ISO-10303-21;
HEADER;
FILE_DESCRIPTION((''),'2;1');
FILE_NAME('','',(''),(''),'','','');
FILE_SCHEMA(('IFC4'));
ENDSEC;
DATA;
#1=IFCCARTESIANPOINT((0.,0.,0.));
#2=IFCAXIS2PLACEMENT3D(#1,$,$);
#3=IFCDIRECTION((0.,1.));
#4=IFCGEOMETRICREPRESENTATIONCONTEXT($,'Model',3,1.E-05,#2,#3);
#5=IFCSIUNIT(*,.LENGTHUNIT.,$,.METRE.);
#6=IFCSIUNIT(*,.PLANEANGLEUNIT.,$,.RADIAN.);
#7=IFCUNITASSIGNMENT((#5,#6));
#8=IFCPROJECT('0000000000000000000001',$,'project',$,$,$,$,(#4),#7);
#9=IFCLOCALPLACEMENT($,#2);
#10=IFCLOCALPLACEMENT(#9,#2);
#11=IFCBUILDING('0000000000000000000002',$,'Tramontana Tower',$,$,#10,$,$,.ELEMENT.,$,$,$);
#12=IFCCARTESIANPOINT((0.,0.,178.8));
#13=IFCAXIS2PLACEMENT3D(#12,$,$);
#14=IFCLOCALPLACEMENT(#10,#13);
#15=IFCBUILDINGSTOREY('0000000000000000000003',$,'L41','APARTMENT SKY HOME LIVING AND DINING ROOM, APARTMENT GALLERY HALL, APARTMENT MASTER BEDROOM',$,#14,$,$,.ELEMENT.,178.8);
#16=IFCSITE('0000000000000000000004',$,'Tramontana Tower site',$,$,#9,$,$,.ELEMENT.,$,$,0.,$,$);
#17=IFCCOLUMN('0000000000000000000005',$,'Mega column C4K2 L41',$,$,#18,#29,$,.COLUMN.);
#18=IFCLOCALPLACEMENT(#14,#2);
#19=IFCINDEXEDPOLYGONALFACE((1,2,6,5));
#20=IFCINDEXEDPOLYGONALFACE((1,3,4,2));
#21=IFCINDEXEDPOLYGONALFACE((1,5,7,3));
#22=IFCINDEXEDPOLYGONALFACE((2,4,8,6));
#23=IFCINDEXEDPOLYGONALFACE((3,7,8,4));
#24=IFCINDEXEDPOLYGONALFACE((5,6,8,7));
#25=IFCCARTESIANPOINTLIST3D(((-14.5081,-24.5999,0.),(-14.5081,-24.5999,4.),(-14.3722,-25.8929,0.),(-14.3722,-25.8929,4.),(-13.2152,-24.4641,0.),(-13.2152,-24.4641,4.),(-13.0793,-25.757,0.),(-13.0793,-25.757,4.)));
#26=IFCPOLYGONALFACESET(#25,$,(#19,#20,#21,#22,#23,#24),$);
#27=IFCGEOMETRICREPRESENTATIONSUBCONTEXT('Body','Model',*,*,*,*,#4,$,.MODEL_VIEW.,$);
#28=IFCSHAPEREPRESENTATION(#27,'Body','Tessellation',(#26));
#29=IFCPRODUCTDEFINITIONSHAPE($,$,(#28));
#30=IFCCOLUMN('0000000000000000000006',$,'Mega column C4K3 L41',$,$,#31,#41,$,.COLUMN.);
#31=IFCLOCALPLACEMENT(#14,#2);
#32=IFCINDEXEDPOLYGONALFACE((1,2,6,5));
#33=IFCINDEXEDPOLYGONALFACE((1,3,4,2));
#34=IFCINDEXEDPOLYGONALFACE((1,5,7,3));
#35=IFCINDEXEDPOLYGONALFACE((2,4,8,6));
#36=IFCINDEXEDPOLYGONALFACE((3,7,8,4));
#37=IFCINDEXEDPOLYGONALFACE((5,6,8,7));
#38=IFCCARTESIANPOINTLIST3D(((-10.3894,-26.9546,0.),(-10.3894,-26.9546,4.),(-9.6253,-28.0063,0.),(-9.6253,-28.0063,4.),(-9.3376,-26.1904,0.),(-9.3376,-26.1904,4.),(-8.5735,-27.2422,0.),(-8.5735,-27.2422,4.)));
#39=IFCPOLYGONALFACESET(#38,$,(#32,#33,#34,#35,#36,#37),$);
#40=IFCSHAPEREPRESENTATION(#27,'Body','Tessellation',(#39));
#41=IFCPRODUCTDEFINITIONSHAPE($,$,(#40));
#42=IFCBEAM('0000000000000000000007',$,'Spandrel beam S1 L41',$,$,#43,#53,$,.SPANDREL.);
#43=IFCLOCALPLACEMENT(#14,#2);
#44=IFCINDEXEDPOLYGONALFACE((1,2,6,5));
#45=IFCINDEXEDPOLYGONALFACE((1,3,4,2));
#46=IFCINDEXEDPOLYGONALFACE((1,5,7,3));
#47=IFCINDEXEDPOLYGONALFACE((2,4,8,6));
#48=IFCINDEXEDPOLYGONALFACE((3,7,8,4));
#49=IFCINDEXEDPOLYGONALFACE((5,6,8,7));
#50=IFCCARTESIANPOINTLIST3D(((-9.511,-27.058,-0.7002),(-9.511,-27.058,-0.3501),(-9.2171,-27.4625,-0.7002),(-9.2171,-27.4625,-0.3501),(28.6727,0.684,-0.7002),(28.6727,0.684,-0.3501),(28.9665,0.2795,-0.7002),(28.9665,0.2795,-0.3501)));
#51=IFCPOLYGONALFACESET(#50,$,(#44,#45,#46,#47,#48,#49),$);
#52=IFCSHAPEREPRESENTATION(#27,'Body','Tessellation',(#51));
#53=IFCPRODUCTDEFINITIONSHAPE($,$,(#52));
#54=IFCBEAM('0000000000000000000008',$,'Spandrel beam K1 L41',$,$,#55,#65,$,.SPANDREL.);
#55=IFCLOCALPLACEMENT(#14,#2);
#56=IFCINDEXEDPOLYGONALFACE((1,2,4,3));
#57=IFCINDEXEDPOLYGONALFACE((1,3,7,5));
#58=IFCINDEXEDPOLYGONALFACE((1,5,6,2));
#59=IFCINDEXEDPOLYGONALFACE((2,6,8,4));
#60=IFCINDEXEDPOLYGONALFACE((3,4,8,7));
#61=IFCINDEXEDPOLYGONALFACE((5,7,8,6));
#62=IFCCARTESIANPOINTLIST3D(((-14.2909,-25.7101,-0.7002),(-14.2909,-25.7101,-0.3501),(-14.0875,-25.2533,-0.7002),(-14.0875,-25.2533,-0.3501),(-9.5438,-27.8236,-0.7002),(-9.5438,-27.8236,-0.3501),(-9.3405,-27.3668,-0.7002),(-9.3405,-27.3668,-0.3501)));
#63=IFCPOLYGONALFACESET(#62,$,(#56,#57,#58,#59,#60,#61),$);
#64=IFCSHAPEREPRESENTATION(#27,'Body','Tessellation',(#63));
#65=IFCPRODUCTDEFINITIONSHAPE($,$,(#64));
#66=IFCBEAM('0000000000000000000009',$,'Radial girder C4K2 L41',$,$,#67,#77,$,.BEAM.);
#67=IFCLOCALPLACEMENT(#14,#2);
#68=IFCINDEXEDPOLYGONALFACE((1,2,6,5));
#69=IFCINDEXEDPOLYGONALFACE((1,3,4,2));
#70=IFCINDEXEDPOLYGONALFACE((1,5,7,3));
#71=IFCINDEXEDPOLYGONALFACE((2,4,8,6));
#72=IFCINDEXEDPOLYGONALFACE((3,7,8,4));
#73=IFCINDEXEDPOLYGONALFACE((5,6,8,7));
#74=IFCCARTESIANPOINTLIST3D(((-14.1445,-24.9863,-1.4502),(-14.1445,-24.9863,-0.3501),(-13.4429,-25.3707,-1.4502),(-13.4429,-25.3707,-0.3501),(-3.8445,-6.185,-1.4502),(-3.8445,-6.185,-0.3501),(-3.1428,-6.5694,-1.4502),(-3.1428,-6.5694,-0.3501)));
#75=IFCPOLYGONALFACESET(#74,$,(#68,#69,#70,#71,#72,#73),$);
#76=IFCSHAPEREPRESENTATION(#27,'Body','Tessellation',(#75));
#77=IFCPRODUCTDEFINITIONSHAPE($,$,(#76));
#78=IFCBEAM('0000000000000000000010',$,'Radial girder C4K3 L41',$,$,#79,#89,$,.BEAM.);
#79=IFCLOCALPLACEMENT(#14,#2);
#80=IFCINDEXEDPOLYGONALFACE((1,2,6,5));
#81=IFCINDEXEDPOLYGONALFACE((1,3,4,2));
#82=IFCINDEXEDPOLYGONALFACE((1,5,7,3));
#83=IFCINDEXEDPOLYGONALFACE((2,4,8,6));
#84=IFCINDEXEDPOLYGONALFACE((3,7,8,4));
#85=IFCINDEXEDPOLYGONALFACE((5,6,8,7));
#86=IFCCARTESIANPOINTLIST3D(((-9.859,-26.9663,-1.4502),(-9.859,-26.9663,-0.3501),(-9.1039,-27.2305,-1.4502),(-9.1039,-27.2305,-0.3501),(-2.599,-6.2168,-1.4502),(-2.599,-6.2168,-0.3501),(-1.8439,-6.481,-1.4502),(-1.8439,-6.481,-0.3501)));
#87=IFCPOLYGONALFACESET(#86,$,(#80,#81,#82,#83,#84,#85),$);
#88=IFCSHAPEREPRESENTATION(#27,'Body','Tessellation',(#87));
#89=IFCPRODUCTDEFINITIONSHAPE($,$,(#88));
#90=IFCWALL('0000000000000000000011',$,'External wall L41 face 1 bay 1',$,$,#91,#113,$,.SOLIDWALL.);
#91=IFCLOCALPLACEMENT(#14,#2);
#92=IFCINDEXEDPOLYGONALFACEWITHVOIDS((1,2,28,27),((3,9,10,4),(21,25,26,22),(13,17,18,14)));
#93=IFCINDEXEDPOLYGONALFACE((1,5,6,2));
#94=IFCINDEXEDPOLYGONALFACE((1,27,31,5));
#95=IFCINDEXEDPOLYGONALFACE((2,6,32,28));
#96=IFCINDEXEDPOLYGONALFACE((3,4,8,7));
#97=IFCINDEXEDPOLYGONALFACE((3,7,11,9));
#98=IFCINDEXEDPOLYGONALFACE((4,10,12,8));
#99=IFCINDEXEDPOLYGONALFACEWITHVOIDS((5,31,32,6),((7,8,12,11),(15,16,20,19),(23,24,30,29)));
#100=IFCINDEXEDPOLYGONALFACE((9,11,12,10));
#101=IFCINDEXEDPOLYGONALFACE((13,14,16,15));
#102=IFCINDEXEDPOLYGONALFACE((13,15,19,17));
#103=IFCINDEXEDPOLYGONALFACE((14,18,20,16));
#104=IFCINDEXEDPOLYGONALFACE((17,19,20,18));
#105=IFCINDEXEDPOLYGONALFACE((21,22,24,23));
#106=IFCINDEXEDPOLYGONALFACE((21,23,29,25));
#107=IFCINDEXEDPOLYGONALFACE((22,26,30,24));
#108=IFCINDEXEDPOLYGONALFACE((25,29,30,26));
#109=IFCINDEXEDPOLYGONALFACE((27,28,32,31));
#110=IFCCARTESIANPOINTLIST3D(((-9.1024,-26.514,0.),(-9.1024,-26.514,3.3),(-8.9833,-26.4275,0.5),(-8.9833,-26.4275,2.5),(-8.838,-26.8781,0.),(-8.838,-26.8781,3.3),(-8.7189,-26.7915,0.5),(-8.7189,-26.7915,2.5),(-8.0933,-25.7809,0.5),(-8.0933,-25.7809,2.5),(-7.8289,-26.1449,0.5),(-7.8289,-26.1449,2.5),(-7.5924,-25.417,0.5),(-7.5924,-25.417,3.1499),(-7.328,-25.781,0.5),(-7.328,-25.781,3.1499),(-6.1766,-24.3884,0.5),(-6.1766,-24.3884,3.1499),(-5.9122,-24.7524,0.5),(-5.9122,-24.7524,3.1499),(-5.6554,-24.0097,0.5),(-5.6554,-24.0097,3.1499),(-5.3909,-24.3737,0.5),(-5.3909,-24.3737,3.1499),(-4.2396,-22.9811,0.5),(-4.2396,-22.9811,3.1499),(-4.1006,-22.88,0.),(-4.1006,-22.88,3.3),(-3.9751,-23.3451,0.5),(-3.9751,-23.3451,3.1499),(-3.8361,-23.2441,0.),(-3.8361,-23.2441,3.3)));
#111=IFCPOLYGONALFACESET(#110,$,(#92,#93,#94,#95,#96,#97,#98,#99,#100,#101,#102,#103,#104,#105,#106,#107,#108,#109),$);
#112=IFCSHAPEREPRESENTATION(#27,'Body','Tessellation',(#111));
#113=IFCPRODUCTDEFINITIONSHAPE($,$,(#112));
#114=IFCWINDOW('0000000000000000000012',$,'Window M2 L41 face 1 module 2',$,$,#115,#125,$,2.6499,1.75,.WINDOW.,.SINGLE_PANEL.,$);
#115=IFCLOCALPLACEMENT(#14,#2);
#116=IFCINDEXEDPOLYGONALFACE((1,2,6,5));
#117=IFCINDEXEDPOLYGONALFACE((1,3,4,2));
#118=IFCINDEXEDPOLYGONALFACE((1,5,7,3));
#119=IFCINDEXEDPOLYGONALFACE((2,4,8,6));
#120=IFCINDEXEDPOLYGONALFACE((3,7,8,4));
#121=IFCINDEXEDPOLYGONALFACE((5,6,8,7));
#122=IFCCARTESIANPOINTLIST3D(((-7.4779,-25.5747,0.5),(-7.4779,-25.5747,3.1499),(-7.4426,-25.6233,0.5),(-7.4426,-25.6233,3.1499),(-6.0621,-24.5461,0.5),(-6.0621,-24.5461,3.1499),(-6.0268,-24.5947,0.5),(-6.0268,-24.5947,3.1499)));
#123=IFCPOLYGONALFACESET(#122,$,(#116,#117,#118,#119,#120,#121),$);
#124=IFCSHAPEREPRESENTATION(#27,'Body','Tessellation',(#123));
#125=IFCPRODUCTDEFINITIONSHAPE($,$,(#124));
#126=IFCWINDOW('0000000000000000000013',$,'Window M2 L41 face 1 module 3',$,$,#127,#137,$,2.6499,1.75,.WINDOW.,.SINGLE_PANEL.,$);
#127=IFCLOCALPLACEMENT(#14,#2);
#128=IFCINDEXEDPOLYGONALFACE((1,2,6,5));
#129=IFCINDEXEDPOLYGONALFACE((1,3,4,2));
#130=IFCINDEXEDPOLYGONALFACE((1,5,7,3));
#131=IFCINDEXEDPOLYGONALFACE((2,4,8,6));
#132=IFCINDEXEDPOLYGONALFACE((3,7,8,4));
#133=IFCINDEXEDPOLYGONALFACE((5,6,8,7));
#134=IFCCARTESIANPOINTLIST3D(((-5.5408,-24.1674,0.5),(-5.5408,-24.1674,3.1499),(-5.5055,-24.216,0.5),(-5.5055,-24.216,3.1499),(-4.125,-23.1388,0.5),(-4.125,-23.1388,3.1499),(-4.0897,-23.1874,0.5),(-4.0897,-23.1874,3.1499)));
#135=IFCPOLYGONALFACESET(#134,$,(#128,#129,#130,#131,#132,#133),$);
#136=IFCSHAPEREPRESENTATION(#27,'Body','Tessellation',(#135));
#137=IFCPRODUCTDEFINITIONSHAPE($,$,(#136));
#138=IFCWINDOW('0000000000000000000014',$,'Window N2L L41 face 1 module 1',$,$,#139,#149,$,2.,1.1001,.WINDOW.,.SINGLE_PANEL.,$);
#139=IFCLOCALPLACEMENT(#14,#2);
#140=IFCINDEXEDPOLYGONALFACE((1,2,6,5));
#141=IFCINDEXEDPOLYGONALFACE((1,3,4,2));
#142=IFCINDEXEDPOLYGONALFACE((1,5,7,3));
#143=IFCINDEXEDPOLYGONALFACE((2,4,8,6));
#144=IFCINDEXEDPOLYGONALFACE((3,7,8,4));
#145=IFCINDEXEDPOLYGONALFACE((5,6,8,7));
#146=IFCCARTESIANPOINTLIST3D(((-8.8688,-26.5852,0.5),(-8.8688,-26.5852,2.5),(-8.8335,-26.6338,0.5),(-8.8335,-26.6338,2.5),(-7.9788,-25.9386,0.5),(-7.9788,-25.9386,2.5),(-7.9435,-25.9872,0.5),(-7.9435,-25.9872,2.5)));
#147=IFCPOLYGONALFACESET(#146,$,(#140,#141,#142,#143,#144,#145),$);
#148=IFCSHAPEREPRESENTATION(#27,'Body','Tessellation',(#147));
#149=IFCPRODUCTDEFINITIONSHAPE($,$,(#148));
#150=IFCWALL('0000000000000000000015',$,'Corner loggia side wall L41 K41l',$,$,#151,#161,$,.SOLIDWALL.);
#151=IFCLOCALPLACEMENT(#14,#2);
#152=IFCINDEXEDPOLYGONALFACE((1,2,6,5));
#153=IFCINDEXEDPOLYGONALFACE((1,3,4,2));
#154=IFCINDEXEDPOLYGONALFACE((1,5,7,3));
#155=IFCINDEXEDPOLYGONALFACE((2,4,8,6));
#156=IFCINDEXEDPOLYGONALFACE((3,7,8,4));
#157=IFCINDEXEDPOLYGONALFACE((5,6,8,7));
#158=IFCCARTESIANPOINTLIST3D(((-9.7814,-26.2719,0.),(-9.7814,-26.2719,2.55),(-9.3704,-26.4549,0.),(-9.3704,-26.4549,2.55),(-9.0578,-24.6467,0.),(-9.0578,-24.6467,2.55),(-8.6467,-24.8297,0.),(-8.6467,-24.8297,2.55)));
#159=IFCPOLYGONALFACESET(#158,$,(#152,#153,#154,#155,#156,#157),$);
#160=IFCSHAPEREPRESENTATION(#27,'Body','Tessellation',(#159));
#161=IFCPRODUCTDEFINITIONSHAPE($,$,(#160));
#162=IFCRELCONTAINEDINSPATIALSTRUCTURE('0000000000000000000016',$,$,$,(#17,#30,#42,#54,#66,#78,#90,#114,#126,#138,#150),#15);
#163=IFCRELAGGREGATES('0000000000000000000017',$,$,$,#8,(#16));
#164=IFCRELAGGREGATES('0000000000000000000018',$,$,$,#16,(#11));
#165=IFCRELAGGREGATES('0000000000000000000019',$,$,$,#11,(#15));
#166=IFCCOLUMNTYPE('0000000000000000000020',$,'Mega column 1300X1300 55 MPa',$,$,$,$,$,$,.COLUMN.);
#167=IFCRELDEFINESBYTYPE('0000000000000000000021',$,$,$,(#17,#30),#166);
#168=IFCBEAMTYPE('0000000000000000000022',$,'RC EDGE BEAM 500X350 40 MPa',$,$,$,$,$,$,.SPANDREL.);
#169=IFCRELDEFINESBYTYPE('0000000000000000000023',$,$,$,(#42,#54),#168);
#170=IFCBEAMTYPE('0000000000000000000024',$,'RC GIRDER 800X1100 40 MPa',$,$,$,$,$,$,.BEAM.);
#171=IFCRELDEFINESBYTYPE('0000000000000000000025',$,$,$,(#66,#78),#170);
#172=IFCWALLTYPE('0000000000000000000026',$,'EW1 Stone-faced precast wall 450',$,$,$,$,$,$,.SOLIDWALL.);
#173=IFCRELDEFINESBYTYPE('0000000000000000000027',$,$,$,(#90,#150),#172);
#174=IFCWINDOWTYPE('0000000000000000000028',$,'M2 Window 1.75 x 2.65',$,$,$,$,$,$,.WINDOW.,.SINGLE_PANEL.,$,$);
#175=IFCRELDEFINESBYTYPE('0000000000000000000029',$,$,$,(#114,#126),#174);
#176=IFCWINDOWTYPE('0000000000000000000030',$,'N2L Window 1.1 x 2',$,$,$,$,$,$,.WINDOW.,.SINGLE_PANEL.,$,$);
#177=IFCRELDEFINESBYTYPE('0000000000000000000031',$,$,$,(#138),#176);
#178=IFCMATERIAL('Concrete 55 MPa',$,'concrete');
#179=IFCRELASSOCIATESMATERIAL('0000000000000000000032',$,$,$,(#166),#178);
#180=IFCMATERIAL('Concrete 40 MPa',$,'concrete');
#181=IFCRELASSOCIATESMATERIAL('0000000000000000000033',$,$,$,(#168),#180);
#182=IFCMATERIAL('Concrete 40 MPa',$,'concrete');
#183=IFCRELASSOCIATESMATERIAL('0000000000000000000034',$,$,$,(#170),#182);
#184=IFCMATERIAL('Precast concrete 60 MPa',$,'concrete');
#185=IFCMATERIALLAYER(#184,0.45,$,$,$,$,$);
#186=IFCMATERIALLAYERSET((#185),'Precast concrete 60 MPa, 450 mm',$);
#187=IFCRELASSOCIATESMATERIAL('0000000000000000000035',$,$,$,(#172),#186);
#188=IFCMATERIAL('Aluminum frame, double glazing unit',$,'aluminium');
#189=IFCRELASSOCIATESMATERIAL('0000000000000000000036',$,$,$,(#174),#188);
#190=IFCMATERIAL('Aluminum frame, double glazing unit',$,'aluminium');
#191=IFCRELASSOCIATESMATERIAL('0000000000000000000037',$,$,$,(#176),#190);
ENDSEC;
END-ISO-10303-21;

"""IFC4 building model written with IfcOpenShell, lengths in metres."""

from ifc_helpers import new_model, si_unit, direction, frame, frame_2d, origin, origin_2d, place, context, subcontext, project, spatial, rectangle, extrude, material, layer, layer_set, material_profile, profile_set, type_object, element, fill, save


model = new_model("IFC4")

# Units and contexts
model_context = context("Model", 3, precision=1e-05, world=origin(), true_north=direction((0.0, 1.0)))
body_context = subcontext(model_context, "Body", "Model", "MODEL_VIEW")
ifc_project = project(units=[si_unit("LENGTHUNIT", "METRE"), si_unit("PLANEANGLEUNIT", "RADIAN")], contexts=[model_context])

# Site, building, storey
site_placement = place(None, origin())
site = spatial("IfcSite", under=ifc_project, at=site_placement, Name="Tramontana Tower site", CompositionType="ELEMENT", RefElevation=0.0)
building_placement = place(site_placement, origin())
building = spatial("IfcBuilding", under=site, at=building_placement, Name="Tramontana Tower", CompositionType="ELEMENT")
storey_placement = place(building_placement, frame((0.0, 0.0, 178.8)))
storey = spatial("IfcBuildingStorey", under=building, at=storey_placement, Name="L41", Description="APARTMENT SKY HOME LIVING AND DINING ROOM, APARTMENT GALLERY HALL, APARTMENT MASTER BEDROOM", CompositionType="ELEMENT", Elevation=178.8)

# Columns
ifc_material_1 = material(Name="Concrete 55 MPa", Category="concrete")
ifc_material_profile_1 = material_profile(ifc_material_1, rectangle(XDim=1.3, YDim=1.3, at=origin_2d()), Name="Mega column 1300X1300 55 MPa")
ifc_profile_set_1 = profile_set([ifc_material_profile_1], Name="Concrete 55 MPa")
column_type = type_object("IfcColumnType", Name="Mega column 1300X1300 55 MPa", PredefinedType="COLUMN", material=ifc_profile_set_1)
for number, where, z_axis, x_axis, name in (
    (1, (-13.7937, -25.1785, 0.0), (0.0, 0.0, 1.0), (0.104528, -0.994522, 0.0), "Mega column C4K2 L41"),
    (2, (-9.4814, -27.0984, 0.0), (0.0, 0.0, 1.0), (0.809017, 0.587785, 0.0), "Mega column C4K3 L41"),
):
    element("IfcColumn", number, at=place(storey_placement, frame(where, z_axis=z_axis, x_axis=x_axis)), inside=storey, type_object=column_type, Name=name, PredefinedType="COLUMN", context=body_context, shape_type="SweptSolid", body=[
        extrude(rectangle(XDim=1.3, YDim=1.3, at=origin_2d()), origin(), (0.0, 0.0, 1.0), 4.0),
    ])

# Beams
ifc_material_2 = material(Name="Concrete 40 MPa", Category="concrete")
ifc_material_profile_2 = material_profile(ifc_material_2, rectangle(XDim=0.5, YDim=0.3501, at=origin_2d()), Name="RC EDGE BEAM 500X350 40 MPa")
ifc_profile_set_2 = profile_set([ifc_material_profile_2], Name="Concrete 40 MPa")
beam_type_1 = type_object("IfcBeamType", Name="RC EDGE BEAM 500X350 40 MPa", PredefinedType="SPANDREL", material=ifc_profile_set_2)
beam_1_placement = place(storey_placement, frame((-9.364, -27.2603, -0.5251), z_axis=(0.809018, 0.587784, 0.0), x_axis=(-0.587784, 0.809018, 0.0)))
element("IfcBeam", 3, at=beam_1_placement, inside=storey, type_object=beam_type_1, Name="Spandrel beam S1 L41", PredefinedType="SPANDREL", context=body_context, shape_type="SweptSolid", body=[
    extrude(rectangle(XDim=0.5, YDim=0.3501, at=origin_2d()), origin(), (0.0, 0.0, 1.0), 47.1975),
])
beam_2_placement = place(storey_placement, frame((-14.1892, -25.4817, -0.5251), z_axis=(0.913546, -0.406736, 0.0), x_axis=(0.406736, 0.913546, 0.0)))
element("IfcBeam", 4, at=beam_2_placement, inside=storey, type_object=beam_type_1, Name="Spandrel beam K1 L41", PredefinedType="SPANDREL", context=body_context, shape_type="SweptSolid", body=[
    extrude(rectangle(XDim=0.5, YDim=0.3501, at=origin_2d()), origin(), (0.0, 0.0, 1.0), 5.1963),
])
ifc_material_3 = material(Name="Concrete 40 MPa", Category="concrete")
ifc_material_profile_3 = material_profile(ifc_material_3, rectangle(XDim=0.8, YDim=1.1001, at=origin_2d()), Name="RC GIRDER 800X1100 40 MPa")
ifc_profile_set_3 = profile_set([ifc_material_profile_3], Name="Concrete 40 MPa")
beam_type_2 = type_object("IfcBeamType", Name="RC GIRDER 800X1100 40 MPa", PredefinedType="BEAM", material=ifc_profile_set_3)
beam_3_placement = place(storey_placement, frame((-13.7937, -25.1785, -0.9001), z_axis=(0.480462, 0.877015, 0.0), x_axis=(-0.877015, 0.480462, 0.0)))
element("IfcBeam", 5, at=beam_3_placement, inside=storey, type_object=beam_type_2, Name="Radial girder C4K2 L41", PredefinedType="BEAM", context=body_context, shape_type="SweptSolid", body=[
    extrude(rectangle(XDim=0.8, YDim=1.1001, at=origin_2d()), origin(), (0.0, 0.0, 1.0), 21.4377),
])
beam_4_placement = place(storey_placement, frame((-9.4814, -27.0984, -0.9001), z_axis=(0.330256, 0.943891, 0.0), x_axis=(-0.943891, 0.330256, 0.0)))
element("IfcBeam", 6, at=beam_4_placement, inside=storey, type_object=beam_type_2, Name="Radial girder C4K3 L41", PredefinedType="BEAM", context=body_context, shape_type="SweptSolid", body=[
    extrude(rectangle(XDim=0.8, YDim=1.1001, at=origin_2d()), origin(), (0.0, 0.0, 1.0), 21.9829),
])

# Wall, openings, windows
ifc_material_4 = material(Name="Precast concrete 60 MPa", Category="concrete")
ifc_layer_1 = layer(ifc_material_4, 0.45)
ifc_layer_set_1 = layer_set([ifc_layer_1], Name="Precast concrete 60 MPa, 450 mm")
wall_type = type_object("IfcWallType", Name="EW1 Stone-faced precast wall 450", PredefinedType="SOLIDWALL", material=ifc_layer_set_1)
wall_1_placement = place(storey_placement, frame((-8.9702, -26.696, 0.0), z_axis=(0.0, 0.0, 1.0), x_axis=(0.809025, 0.587775, 0.0)))
wall_1 = element("IfcWall", 7, at=wall_1_placement, inside=storey, type_object=wall_type, Name="External wall L41 face 1 bay 1", PredefinedType="SOLIDWALL", context=body_context, shape_type="SweptSolid", body=[
    extrude(rectangle(XDim=6.1826, YDim=0.45, at=frame_2d((3.0913, 0.0))), origin(), (0.0, 0.0, 1.0), 3.3),
])
opening_1_placement = place(wall_1_placement, frame((0.1472, 0.0, 0.5)))
opening_1 = element("IfcOpeningElement", 8, at=opening_1_placement, cuts=wall_1, PredefinedType="OPENING", context=body_context, shape_type="SweptSolid", body=[
    extrude(rectangle(XDim=1.1001, YDim=2.0, at=frame_2d((0.55, 1.0))), frame((0.0, 0.2349, 0.0), z_axis=(0.0, -1.0, 0.0), x_axis=(1.0, 0.0, 0.0)), (0.0, 0.0, 1.0), 0.47),
])
opening_2_placement = place(wall_1_placement, frame((1.8665, 0.0, 0.5)))
opening_2 = element("IfcOpeningElement", 9, at=opening_2_placement, cuts=wall_1, PredefinedType="OPENING", context=body_context, shape_type="SweptSolid", body=[
    extrude(rectangle(XDim=1.75, YDim=2.6499, at=frame_2d((0.875, 1.325))), frame((0.0, 0.2349, 0.0), z_axis=(0.0, -1.0, 0.0), x_axis=(1.0, 0.0, 0.0)), (0.0, 0.0, 1.0), 0.47),
])
opening_3_placement = place(wall_1_placement, frame((4.2607, 0.0, 0.5)))
opening_3 = element("IfcOpeningElement", 10, at=opening_3_placement, cuts=wall_1, PredefinedType="OPENING", context=body_context, shape_type="SweptSolid", body=[
    extrude(rectangle(XDim=1.75, YDim=2.6499, at=frame_2d((0.875, 1.325))), frame((0.0, 0.2349, 0.0), z_axis=(0.0, -1.0, 0.0), x_axis=(1.0, 0.0, 0.0)), (0.0, 0.0, 1.0), 0.47),
])
ifc_material_5 = material(Name="Aluminum frame, double glazing unit", Category="aluminium")
window_type_1 = type_object("IfcWindowType", Name="M2 Window 1.75 x 2.65", PartitioningType="SINGLE_PANEL", PredefinedType="WINDOW", material=ifc_material_5)
window_1_placement = place(opening_2_placement, origin())
window_1 = element("IfcWindow", 11, at=window_1_placement, inside=storey, type_object=window_type_1, Name="Window M2 L41 face 1 module 2", OverallHeight=2.6499, OverallWidth=1.75, PartitioningType="SINGLE_PANEL", PredefinedType="WINDOW", context=body_context, shape_type="SweptSolid", body=[
    extrude(rectangle(XDim=1.75, YDim=2.6499, at=frame_2d((0.875, 1.325))), frame((0.0, 0.03, 0.0), z_axis=(0.0, -1.0, 0.0), x_axis=(1.0, 0.0, 0.0)), (0.0, 0.0, 1.0), 0.0601),
])
fill(opening_2, window_1)
window_2_placement = place(opening_3_placement, origin())
window_2 = element("IfcWindow", 12, at=window_2_placement, inside=storey, type_object=window_type_1, Name="Window M2 L41 face 1 module 3", OverallHeight=2.6499, OverallWidth=1.75, PartitioningType="SINGLE_PANEL", PredefinedType="WINDOW", context=body_context, shape_type="SweptSolid", body=[
    extrude(rectangle(XDim=1.75, YDim=2.6499, at=frame_2d((0.875, 1.325))), frame((0.0, 0.03, 0.0), z_axis=(0.0, -1.0, 0.0), x_axis=(1.0, 0.0, 0.0)), (0.0, 0.0, 1.0), 0.0601),
])
fill(opening_3, window_2)
ifc_material_6 = material(Name="Aluminum frame, double glazing unit", Category="aluminium")
window_type_2 = type_object("IfcWindowType", Name="N2L Window 1.1 x 2", PartitioningType="SINGLE_PANEL", PredefinedType="WINDOW", material=ifc_material_6)
window_3_placement = place(opening_1_placement, origin())
window_3 = element("IfcWindow", 13, at=window_3_placement, inside=storey, type_object=window_type_2, Name="Window N2L L41 face 1 module 1", OverallHeight=2.0, OverallWidth=1.1001, PartitioningType="SINGLE_PANEL", PredefinedType="WINDOW", context=body_context, shape_type="SweptSolid", body=[
    extrude(rectangle(XDim=1.1001, YDim=2.0, at=frame_2d((0.55, 1.0))), frame((0.0, 0.03, 0.0), z_axis=(0.0, -1.0, 0.0), x_axis=(1.0, 0.0, 0.0)), (0.0, 0.0, 1.0), 0.0601),
])
fill(opening_1, window_3)

# Wall
wall_2_placement = place(storey_placement, frame((-9.5759, -26.3635, 0.0), z_axis=(0.0, 0.0, 1.0), x_axis=(0.40675, 0.91354, 0.0)))
element("IfcWall", 14, at=wall_2_placement, inside=storey, type_object=wall_type, Name="Corner loggia side wall L41 K41l", PredefinedType="SOLIDWALL", context=body_context, shape_type="SweptSolid", body=[
    extrude(rectangle(XDim=1.7791, YDim=0.45, at=frame_2d((0.8896, 0.0))), origin(), (0.0, 0.0, 1.0), 2.55),
])

save(model, "model.ifc")
